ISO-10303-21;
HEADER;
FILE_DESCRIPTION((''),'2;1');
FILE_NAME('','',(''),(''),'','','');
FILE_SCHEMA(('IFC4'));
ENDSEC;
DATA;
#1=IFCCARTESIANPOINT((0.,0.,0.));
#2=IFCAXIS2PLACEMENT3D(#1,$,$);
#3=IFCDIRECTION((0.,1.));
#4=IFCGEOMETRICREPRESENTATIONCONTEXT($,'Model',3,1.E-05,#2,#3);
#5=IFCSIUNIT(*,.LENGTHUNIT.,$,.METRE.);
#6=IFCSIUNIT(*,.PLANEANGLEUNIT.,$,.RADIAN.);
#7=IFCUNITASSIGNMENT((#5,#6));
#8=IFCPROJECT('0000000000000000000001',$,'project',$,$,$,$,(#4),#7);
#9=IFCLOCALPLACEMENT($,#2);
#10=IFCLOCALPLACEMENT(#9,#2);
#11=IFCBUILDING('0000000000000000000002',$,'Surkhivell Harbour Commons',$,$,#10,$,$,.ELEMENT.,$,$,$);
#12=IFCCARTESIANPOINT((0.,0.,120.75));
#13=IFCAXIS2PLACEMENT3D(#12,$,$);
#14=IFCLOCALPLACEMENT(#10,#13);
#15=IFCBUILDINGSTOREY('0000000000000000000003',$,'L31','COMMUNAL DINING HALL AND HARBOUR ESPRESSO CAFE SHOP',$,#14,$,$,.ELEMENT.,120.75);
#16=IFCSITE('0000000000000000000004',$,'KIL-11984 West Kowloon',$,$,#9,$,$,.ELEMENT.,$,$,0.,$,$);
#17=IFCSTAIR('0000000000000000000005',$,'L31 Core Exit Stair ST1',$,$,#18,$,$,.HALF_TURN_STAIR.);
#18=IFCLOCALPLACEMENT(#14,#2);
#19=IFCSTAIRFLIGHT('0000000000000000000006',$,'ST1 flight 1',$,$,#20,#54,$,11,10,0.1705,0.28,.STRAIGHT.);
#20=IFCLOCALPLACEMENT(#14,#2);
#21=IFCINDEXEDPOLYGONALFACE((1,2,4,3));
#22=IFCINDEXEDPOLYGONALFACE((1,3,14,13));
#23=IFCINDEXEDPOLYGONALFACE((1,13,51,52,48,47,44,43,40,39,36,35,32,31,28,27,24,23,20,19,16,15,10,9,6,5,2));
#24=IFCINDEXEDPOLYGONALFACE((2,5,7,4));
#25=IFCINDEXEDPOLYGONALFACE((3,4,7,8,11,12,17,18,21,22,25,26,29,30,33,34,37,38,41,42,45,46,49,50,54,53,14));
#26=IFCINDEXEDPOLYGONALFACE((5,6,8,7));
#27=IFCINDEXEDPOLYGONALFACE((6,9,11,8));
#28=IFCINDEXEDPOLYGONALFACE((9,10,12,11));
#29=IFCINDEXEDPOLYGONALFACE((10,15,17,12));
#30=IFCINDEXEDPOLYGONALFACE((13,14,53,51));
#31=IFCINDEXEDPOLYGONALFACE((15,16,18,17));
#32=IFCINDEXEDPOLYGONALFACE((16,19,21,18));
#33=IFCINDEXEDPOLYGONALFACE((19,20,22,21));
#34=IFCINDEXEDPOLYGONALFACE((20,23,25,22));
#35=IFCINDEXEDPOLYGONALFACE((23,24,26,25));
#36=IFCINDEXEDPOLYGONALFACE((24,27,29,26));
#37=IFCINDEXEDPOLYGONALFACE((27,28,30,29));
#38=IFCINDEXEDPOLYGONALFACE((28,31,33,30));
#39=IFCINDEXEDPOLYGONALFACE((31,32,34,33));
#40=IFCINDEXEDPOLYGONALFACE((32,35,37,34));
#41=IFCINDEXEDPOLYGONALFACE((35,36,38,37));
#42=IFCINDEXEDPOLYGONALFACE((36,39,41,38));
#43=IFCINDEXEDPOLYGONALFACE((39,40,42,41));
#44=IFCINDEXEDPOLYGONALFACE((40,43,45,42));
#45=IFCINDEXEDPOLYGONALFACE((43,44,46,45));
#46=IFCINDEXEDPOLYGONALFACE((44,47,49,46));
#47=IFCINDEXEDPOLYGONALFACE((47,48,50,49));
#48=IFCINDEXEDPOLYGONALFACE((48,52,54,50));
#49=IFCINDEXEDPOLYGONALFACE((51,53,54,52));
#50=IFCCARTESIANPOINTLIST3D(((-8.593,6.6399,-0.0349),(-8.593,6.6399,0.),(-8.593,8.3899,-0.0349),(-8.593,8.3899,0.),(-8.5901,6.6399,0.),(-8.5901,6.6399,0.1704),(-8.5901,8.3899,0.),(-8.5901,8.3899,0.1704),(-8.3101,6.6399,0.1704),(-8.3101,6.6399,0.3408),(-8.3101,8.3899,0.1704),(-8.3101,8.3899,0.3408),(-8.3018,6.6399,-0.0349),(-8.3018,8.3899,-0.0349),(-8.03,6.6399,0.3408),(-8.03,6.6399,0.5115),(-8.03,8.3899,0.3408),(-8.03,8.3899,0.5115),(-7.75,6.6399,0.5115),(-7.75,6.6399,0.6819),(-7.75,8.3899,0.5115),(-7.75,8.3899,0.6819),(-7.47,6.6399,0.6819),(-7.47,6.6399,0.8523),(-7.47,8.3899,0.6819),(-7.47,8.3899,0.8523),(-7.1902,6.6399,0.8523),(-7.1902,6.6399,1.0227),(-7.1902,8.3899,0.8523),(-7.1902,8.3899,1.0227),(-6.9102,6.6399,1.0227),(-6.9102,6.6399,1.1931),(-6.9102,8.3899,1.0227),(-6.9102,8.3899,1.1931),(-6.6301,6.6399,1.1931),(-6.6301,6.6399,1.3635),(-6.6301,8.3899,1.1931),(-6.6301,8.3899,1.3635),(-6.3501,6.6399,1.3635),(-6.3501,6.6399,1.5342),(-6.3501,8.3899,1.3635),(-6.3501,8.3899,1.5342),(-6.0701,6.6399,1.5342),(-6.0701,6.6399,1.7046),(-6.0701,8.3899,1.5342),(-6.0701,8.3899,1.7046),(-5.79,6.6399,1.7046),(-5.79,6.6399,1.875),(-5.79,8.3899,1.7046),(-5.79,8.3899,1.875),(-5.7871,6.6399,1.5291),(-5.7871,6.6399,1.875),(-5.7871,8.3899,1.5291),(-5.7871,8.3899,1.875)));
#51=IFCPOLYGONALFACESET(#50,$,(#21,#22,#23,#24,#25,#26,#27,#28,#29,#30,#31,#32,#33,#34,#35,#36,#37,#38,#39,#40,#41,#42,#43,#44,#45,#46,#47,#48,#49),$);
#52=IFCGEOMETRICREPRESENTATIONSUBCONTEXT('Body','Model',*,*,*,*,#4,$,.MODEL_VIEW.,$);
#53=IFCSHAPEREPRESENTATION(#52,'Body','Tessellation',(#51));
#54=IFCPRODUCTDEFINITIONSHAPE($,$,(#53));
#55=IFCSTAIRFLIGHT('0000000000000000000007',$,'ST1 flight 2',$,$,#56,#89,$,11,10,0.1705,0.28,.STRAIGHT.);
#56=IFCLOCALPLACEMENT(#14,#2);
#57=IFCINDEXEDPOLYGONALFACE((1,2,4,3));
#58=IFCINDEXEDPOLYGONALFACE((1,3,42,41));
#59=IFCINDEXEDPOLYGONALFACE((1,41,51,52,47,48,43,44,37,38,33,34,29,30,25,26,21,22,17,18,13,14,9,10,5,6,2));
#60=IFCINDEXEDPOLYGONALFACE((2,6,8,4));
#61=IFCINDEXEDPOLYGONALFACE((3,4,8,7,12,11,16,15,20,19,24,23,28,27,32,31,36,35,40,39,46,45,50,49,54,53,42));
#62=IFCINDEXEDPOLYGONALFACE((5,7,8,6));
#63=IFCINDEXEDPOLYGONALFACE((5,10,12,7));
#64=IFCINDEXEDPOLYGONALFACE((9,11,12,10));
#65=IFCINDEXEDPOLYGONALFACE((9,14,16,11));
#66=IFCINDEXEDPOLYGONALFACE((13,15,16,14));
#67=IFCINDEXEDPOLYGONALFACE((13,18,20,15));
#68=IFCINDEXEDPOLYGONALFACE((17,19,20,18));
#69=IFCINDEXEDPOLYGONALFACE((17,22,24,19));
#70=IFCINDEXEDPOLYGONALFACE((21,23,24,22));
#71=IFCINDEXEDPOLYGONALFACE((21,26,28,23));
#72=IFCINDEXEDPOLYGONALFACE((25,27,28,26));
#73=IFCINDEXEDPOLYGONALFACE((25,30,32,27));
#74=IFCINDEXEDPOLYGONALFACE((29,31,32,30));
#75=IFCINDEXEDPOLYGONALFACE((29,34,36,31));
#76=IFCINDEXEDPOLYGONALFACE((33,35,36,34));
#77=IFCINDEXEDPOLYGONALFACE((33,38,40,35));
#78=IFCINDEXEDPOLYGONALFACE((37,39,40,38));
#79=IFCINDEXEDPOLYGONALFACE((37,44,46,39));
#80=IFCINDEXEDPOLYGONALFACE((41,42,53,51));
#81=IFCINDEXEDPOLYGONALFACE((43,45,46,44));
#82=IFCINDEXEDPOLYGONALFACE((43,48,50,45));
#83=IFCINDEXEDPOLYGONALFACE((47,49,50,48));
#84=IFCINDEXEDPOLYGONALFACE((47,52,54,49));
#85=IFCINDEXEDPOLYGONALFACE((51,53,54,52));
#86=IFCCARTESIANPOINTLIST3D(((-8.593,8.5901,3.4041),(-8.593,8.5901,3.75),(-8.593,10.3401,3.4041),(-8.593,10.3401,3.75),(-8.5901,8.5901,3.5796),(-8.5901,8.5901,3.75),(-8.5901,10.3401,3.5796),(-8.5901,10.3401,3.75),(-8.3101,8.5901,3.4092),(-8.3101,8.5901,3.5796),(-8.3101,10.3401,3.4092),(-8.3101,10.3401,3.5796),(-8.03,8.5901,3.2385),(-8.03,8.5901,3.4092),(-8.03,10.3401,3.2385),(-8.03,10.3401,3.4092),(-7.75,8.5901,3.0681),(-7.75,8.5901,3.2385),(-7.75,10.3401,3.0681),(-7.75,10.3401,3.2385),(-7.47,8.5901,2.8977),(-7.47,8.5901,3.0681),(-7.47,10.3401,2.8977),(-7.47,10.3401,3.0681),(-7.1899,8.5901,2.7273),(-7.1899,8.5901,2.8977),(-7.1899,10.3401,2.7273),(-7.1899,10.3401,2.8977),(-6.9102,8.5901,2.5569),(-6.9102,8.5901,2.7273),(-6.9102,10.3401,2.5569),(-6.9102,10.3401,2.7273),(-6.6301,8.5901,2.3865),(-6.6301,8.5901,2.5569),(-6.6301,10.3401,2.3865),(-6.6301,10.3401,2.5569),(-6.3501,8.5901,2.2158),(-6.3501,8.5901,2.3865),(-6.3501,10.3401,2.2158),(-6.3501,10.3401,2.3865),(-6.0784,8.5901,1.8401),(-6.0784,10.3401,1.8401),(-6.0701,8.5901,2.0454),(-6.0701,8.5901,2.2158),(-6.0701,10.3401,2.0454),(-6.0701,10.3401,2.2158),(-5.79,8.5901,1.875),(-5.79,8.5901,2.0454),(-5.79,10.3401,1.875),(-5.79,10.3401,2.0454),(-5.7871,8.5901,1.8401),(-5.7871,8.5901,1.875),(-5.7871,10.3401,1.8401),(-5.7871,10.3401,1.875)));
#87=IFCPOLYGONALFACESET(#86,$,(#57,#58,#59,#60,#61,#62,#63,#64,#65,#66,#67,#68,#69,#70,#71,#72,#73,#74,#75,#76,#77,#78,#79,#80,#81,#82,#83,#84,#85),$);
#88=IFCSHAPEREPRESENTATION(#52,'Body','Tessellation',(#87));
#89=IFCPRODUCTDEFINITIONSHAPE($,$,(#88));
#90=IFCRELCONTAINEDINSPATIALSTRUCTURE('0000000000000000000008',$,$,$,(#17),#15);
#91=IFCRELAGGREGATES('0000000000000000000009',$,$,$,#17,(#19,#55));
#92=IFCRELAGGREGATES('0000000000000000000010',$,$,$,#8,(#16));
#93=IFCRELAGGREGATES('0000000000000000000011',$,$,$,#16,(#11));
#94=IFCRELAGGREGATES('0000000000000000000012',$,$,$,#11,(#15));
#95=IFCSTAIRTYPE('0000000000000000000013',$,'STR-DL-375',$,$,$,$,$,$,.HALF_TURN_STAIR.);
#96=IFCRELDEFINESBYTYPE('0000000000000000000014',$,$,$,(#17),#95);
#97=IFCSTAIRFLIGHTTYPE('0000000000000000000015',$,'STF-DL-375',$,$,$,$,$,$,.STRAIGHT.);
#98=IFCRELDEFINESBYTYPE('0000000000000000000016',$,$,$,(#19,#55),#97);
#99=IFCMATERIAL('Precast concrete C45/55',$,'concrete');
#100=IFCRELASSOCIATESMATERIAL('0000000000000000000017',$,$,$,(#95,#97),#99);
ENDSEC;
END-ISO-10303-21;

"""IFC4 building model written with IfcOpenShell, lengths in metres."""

from ifc_helpers import new_model, si_unit, direction, frame, origin, place, context, subcontext, project, spatial, polyline, outline, extrude, material, type_object, element, aggregate, save


model = new_model("IFC4")

# Units and contexts
model_context = context("Model", 3, precision=1e-05, world=origin(), true_north=direction((0.0, 1.0)))
body_context = subcontext(model_context, "Body", "Model", "MODEL_VIEW")
ifc_project = project(units=[si_unit("LENGTHUNIT", "METRE"), si_unit("PLANEANGLEUNIT", "RADIAN")], contexts=[model_context])

# Site, building, storey
site_placement = place(None, origin())
site = spatial("IfcSite", under=ifc_project, at=site_placement, Name="KIL-11984 West Kowloon", CompositionType="ELEMENT", RefElevation=0.0)
building_placement = place(site_placement, origin())
building = spatial("IfcBuilding", under=site, at=building_placement, Name="Surkhivell Harbour Commons", CompositionType="ELEMENT")
storey_placement = place(building_placement, frame((0.0, 0.0, 120.75)))
storey = spatial("IfcBuildingStorey", under=building, at=storey_placement, Name="L31", Description="COMMUNAL DINING HALL AND HARBOUR ESPRESSO CAFE SHOP", CompositionType="ELEMENT", Elevation=120.75)

# Stair, stair flights
ifc_material_1 = material(Name="Precast concrete C45/55", Category="concrete")
stair_type = type_object("IfcStairType", Name="STR-DL-375", PredefinedType="HALF_TURN_STAIR", material=ifc_material_1)
stair_placement = place(storey_placement, origin())
stair = element("IfcStair", 1, at=stair_placement, inside=storey, type_object=stair_type, Name="L31 Core Exit Stair ST1", PredefinedType="HALF_TURN_STAIR")
stair_flight_type = type_object("IfcStairFlightType", Name="STF-DL-375", PredefinedType="STRAIGHT", material=ifc_material_1)
stair_flight_1_placement = place(storey_placement, frame((-8.5901, 7.5149, 0.0), z_axis=(0.0, 0.0, 1.0), x_axis=(1.0, 0.0, 0.0)))
stair_flight_1 = element("IfcStairFlight", 2, at=stair_flight_1_placement, type_object=stair_flight_type, Name="ST1 flight 1", NumberOfRisers=11, NumberOfTreads=10, PredefinedType="STRAIGHT", RiserHeight=0.1705, TreadLength=0.28, context=body_context, shape_type="SweptSolid", body=[
    extrude(outline(polyline([(-0.0029, -0.0349), (-0.0029, 0.0), (0.0, 0.0), (0.0, 0.1704), (0.28, 0.1704), (0.28, 0.3408), (0.5601, 0.3408), (0.5601, 0.5115), (0.8401, 0.5115), (0.8401, 0.6819), (1.1201, 0.6819), (1.1201, 0.8523), (1.3999, 0.8523), (1.3999, 1.0227), (1.6799, 1.0227), (1.6799, 1.1931), (1.96, 1.1931), (1.96, 1.3635), (2.24, 1.3635), (2.24, 1.5342), (2.52, 1.5342), (2.52, 1.7046), (2.8, 1.7046), (2.8, 1.875), (2.803, 1.875), (2.803, 1.5291), (0.2883, -0.0349), (-0.0029, -0.0349)])), frame((0.0, 0.875, 0.0), z_axis=(0.0, -1.0, 0.0), x_axis=(1.0, 0.0, 0.0)), (0.0, 0.0, 1.0), 1.75),
])
stair_flight_2_placement = place(storey_placement, frame((-5.79, 9.4651, 1.875), z_axis=(0.0, 0.0, 1.0), x_axis=(-1.0, 0.0, 0.0)))
stair_flight_2 = element("IfcStairFlight", 3, at=stair_flight_2_placement, type_object=stair_flight_type, Name="ST1 flight 2", NumberOfRisers=11, NumberOfTreads=10, PredefinedType="STRAIGHT", RiserHeight=0.1705, TreadLength=0.28, context=body_context, shape_type="SweptSolid", body=[
    extrude(outline(polyline([(-0.0029, -0.0349), (-0.0029, 0.0), (0.0, 0.0), (0.0, 0.1704), (0.28, 0.1704), (0.28, 0.3408), (0.5601, 0.3408), (0.5601, 0.5115), (0.8401, 0.5115), (0.8401, 0.6819), (1.1201, 0.6819), (1.1201, 0.8523), (1.3999, 0.8523), (1.3999, 1.0227), (1.6799, 1.0227), (1.6799, 1.1931), (1.96, 1.1931), (1.96, 1.3635), (2.24, 1.3635), (2.24, 1.5342), (2.52, 1.5342), (2.52, 1.7046), (2.8, 1.7046), (2.8, 1.875), (2.803, 1.875), (2.803, 1.5291), (0.2883, -0.0349), (-0.0029, -0.0349)])), frame((0.0, 0.875, 0.0), z_axis=(0.0, -1.0, 0.0), x_axis=(1.0, 0.0, 0.0)), (0.0, 0.0, 1.0), 1.75),
])
aggregate(stair, [stair_flight_1, stair_flight_2])

save(model, "model.ifc")
